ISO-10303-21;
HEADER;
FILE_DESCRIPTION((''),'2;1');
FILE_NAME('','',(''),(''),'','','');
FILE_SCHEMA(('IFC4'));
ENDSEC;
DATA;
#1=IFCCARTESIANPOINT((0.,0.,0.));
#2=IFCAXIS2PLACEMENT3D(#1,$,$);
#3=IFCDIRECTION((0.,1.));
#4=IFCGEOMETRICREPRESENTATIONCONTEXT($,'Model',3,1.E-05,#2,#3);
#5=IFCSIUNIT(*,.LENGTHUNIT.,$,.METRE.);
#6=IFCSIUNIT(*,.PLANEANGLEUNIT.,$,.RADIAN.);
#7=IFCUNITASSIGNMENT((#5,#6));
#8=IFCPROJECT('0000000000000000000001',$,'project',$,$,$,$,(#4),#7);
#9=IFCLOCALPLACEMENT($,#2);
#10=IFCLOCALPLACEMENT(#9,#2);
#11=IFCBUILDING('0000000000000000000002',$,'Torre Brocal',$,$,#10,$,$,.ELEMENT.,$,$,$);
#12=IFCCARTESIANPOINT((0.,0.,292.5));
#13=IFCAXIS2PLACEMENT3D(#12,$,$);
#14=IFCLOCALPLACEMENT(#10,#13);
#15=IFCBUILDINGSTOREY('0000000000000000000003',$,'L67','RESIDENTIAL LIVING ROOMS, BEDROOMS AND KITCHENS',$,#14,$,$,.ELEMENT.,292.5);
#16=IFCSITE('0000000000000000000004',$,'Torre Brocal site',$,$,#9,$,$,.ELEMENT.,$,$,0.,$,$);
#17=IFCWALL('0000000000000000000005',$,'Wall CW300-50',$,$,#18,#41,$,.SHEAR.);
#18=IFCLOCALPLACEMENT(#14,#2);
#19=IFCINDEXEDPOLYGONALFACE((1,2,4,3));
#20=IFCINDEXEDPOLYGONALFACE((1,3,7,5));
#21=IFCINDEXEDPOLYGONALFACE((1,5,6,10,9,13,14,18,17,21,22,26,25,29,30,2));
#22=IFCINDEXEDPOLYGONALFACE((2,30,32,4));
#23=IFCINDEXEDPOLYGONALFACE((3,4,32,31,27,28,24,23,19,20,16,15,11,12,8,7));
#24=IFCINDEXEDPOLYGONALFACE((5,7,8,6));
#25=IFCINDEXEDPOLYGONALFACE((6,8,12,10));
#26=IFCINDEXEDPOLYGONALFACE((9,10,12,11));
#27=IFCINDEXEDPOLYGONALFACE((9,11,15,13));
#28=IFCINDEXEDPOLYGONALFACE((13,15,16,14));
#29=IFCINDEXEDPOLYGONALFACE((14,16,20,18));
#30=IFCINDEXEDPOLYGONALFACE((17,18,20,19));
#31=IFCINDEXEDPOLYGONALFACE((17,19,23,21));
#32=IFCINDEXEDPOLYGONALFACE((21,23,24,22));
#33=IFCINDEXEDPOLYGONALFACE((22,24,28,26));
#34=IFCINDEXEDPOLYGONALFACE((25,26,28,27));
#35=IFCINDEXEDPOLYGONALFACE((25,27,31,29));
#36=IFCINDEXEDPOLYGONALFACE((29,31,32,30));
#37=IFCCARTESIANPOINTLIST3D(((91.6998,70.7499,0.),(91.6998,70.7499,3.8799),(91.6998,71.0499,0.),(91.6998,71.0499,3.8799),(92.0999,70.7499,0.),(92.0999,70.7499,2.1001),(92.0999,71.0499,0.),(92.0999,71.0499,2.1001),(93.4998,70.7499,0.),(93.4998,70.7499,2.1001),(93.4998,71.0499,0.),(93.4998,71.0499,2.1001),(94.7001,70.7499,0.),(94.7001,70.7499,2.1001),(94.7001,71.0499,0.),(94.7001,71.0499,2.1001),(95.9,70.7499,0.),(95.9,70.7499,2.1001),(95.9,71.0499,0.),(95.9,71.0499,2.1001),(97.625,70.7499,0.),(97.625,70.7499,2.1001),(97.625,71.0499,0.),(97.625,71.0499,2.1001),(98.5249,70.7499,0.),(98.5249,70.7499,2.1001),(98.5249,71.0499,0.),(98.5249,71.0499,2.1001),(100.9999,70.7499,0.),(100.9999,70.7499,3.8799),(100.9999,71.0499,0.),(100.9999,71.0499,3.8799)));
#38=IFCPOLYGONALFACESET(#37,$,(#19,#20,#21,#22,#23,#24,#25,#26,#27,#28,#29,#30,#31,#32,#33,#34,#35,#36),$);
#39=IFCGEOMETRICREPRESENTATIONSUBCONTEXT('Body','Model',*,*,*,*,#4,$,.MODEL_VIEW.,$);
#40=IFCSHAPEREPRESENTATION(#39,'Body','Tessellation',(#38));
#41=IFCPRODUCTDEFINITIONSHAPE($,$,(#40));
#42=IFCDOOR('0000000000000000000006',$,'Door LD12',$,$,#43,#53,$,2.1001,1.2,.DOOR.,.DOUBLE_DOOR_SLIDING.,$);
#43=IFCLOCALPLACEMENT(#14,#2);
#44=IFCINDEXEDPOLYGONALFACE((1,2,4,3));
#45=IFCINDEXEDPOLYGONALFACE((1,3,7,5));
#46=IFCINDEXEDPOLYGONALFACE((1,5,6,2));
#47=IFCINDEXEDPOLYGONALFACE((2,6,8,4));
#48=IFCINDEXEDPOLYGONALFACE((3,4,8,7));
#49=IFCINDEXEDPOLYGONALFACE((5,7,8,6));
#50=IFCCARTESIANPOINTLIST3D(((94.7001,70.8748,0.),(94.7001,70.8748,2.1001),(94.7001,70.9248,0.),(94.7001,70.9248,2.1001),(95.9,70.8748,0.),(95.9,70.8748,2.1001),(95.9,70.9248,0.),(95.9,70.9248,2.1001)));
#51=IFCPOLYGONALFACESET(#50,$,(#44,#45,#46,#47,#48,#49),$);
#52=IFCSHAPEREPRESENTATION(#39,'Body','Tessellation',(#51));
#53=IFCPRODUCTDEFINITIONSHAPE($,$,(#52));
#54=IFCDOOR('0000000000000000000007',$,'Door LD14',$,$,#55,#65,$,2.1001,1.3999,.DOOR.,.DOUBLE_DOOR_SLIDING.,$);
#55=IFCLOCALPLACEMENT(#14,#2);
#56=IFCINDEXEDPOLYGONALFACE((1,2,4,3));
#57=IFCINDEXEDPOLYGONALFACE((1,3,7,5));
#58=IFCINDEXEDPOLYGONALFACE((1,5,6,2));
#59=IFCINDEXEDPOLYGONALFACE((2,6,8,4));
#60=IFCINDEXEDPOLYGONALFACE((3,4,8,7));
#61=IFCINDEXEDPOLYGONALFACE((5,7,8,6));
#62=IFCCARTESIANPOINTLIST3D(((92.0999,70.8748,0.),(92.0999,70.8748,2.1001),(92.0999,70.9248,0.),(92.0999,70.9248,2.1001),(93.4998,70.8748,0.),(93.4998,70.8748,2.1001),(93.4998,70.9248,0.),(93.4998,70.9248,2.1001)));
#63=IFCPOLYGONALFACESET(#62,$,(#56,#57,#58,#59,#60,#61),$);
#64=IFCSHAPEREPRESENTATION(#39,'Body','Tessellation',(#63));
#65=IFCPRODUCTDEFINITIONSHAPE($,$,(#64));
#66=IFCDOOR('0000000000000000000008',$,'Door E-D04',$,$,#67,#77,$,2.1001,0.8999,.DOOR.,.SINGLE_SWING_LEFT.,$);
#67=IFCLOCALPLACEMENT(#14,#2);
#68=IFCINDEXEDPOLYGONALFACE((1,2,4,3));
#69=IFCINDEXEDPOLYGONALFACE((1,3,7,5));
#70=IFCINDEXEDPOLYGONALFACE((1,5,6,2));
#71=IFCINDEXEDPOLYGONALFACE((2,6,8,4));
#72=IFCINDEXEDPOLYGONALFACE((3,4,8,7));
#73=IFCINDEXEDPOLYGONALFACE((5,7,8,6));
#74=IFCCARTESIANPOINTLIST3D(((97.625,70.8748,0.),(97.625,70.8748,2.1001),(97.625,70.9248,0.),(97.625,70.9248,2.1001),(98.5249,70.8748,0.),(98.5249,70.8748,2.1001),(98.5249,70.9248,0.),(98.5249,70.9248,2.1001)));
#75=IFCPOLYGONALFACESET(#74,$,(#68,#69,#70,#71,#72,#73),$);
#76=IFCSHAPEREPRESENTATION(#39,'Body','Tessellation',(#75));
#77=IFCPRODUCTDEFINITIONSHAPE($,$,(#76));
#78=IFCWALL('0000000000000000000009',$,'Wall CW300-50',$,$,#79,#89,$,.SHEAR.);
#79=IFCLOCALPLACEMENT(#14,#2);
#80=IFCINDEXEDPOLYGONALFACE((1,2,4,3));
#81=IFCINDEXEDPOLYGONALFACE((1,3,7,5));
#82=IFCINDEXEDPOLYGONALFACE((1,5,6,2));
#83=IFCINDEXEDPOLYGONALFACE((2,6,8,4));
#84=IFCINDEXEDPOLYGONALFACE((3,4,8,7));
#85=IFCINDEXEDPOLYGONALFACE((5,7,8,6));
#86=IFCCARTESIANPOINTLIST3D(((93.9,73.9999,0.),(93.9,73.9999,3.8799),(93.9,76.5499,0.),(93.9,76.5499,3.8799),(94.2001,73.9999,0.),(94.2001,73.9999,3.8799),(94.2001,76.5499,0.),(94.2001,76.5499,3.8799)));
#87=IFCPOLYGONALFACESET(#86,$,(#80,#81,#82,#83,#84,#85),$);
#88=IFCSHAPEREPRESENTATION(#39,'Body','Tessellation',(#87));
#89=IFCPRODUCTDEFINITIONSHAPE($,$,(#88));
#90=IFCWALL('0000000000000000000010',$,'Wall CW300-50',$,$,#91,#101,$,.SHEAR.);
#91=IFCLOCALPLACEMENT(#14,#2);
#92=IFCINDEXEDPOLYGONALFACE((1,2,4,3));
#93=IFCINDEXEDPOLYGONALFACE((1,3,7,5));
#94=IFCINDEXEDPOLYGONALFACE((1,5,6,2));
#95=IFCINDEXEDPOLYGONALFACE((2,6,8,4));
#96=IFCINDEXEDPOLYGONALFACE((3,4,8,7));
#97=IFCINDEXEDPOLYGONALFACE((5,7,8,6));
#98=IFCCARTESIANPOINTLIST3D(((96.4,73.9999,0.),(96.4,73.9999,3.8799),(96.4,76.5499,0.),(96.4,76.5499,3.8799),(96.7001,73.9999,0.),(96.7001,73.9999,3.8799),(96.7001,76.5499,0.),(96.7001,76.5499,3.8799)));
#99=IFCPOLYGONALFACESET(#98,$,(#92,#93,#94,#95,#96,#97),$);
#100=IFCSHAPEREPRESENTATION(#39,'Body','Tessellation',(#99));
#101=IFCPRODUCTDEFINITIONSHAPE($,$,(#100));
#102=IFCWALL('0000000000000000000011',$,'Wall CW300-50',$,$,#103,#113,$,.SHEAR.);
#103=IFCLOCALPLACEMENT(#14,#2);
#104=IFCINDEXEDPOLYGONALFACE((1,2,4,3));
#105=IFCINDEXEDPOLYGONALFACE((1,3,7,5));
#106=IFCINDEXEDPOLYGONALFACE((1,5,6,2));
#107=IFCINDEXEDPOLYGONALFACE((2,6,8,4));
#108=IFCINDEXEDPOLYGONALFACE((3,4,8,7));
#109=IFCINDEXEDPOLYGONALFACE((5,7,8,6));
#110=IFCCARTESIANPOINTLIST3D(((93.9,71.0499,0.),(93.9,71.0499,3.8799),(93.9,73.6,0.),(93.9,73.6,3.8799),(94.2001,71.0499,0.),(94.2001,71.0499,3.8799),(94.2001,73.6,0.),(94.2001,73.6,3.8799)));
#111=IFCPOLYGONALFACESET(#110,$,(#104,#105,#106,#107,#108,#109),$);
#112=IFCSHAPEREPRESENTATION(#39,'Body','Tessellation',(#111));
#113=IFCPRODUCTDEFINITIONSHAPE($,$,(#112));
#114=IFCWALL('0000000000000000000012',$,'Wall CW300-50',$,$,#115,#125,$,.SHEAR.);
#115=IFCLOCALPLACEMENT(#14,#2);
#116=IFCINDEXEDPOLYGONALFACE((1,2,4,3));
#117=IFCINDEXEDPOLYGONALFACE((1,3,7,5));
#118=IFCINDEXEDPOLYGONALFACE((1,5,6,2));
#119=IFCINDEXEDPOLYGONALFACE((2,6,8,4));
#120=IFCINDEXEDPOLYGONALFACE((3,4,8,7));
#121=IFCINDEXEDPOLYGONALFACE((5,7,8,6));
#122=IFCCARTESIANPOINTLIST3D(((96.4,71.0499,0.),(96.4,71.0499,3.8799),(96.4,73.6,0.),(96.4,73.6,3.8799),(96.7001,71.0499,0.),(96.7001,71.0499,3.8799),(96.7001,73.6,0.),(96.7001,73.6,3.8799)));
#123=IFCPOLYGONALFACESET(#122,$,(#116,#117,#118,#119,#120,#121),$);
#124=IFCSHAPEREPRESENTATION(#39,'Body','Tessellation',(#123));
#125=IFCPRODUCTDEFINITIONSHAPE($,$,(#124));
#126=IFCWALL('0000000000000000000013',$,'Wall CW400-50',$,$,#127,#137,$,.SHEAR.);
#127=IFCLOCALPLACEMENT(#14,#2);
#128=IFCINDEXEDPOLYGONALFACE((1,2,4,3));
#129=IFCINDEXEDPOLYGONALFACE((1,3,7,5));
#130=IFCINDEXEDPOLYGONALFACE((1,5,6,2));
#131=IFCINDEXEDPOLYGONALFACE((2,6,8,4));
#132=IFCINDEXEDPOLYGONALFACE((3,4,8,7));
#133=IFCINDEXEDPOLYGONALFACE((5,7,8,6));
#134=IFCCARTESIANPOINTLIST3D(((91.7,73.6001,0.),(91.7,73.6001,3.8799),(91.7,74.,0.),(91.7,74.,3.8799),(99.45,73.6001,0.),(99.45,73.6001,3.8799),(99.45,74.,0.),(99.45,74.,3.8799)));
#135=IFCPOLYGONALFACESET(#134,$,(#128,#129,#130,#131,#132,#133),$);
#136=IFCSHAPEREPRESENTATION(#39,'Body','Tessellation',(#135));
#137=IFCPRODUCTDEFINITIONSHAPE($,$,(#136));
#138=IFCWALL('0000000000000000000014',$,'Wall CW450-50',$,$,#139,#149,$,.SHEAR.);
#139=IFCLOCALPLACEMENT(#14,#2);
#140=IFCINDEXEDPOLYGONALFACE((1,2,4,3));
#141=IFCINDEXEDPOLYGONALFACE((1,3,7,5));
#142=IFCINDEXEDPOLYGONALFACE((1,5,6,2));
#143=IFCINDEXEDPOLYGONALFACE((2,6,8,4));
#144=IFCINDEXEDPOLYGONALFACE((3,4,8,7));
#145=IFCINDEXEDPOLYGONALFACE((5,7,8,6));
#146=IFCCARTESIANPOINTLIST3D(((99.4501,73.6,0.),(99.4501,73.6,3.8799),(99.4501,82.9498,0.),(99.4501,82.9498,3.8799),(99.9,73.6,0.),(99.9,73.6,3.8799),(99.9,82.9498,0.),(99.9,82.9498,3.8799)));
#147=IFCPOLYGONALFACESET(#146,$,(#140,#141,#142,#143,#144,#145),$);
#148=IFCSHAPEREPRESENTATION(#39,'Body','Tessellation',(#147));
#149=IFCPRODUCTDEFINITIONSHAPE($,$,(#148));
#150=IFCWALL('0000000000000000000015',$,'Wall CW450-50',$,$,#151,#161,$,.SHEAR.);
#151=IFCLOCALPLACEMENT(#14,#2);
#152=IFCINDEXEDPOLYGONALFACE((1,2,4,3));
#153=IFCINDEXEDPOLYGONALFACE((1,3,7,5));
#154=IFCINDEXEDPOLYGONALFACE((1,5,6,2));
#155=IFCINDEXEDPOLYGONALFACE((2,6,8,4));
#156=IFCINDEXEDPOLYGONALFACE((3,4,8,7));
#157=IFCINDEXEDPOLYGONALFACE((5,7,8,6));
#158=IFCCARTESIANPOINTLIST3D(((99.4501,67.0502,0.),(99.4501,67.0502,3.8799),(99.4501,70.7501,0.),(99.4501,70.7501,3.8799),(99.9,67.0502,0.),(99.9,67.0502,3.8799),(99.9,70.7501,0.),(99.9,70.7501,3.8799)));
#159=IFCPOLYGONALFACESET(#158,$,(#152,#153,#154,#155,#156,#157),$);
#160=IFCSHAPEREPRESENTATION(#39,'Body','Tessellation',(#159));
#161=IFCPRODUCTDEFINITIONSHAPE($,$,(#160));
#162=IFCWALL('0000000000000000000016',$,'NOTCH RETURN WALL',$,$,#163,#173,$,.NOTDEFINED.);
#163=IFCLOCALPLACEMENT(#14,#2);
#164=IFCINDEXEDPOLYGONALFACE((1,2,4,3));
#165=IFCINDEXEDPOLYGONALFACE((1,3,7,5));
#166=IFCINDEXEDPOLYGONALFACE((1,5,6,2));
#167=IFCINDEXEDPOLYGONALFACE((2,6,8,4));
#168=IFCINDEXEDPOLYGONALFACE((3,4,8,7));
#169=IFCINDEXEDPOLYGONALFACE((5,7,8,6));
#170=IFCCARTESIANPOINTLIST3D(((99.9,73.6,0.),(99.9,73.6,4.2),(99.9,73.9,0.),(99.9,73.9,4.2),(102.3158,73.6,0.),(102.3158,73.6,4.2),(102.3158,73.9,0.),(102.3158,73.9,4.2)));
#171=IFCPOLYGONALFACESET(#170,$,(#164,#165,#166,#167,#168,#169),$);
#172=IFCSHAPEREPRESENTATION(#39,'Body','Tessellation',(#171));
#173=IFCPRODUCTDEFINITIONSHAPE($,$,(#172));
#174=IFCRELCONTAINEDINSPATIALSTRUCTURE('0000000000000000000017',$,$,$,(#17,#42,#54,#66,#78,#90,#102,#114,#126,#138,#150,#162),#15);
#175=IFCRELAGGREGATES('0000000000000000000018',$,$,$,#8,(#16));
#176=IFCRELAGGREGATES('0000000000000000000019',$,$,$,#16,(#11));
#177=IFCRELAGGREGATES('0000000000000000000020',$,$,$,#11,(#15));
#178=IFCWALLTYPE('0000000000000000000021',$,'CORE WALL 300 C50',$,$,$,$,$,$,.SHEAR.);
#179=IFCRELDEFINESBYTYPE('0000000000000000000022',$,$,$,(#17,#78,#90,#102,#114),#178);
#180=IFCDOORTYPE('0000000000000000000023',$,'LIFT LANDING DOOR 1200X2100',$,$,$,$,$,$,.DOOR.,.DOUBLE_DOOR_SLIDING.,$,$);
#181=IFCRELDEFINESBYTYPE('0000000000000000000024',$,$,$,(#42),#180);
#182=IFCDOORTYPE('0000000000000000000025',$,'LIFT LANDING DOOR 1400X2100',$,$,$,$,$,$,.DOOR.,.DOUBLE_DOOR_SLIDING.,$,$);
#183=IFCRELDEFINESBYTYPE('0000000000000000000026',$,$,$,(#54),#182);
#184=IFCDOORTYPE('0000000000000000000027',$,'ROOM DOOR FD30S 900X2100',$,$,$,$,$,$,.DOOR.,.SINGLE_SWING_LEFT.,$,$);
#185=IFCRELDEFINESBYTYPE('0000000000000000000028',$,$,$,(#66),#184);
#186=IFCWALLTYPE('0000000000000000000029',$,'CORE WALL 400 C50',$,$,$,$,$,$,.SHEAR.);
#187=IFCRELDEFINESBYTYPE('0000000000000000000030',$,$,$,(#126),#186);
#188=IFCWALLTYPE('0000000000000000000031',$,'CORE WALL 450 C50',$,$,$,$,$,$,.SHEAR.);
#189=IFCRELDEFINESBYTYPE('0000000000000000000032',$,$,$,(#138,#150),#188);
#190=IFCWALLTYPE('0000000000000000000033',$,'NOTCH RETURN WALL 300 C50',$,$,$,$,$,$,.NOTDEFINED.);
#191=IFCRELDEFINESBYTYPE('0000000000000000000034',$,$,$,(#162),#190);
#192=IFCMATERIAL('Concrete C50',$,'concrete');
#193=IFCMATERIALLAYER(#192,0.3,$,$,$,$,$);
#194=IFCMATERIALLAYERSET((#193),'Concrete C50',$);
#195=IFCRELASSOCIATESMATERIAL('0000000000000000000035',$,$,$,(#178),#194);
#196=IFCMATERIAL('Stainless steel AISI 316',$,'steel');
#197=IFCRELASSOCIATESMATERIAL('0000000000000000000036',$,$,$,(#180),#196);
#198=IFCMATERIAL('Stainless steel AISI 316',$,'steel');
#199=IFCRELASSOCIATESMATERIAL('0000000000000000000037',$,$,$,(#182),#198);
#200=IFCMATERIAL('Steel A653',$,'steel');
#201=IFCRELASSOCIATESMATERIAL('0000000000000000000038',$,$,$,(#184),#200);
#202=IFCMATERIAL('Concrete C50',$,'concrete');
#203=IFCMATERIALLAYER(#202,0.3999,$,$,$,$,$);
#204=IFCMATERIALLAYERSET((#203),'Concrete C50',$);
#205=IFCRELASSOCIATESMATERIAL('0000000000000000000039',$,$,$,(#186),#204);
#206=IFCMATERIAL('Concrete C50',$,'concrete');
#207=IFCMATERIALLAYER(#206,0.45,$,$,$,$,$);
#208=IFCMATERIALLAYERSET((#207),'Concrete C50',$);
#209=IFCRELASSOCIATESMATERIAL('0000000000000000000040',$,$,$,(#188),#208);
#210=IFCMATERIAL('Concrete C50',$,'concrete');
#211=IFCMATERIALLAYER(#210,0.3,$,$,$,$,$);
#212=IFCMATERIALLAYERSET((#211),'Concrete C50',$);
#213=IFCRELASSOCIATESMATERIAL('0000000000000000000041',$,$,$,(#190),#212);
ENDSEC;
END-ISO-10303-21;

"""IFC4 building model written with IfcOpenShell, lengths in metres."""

from ifc_helpers import new_model, si_unit, direction, frame, frame_2d, origin, place, context, subcontext, project, spatial, rectangle, extrude, material, layer, layer_set, type_object, element, fill, save


model = new_model("IFC4")

# Units and contexts
model_context = context("Model", 3, precision=1e-05, world=origin(), true_north=direction((0.0, 1.0)))
body_context = subcontext(model_context, "Body", "Model", "MODEL_VIEW")
ifc_project = project(units=[si_unit("LENGTHUNIT", "METRE"), si_unit("PLANEANGLEUNIT", "RADIAN")], contexts=[model_context])

# Site, building, storey
site_placement = place(None, origin())
site = spatial("IfcSite", under=ifc_project, at=site_placement, Name="Torre Brocal site", CompositionType="ELEMENT", RefElevation=0.0)
building_placement = place(site_placement, origin())
building = spatial("IfcBuilding", under=site, at=building_placement, Name="Torre Brocal", CompositionType="ELEMENT")
storey_placement = place(building_placement, frame((0.0, 0.0, 292.5)))
storey = spatial("IfcBuildingStorey", under=building, at=storey_placement, Name="L67", Description="RESIDENTIAL LIVING ROOMS, BEDROOMS AND KITCHENS", CompositionType="ELEMENT", Elevation=292.5)

# Shared definitions
ifc_material_1 = material(Name="Concrete C50", Category="concrete")
ifc_layer_1 = layer(ifc_material_1, 0.3)
ifc_layer_set_1 = layer_set([ifc_layer_1], Name="Concrete C50")
wall_type_1 = type_object("IfcWallType", Name="CORE WALL 300 C50", PredefinedType="SHEAR", material=ifc_layer_set_1)

# Wall, openings, doors
wall_1_placement = place(storey_placement, frame((91.7, 70.8999, 0.0), z_axis=(0.0, 0.0, 1.0), x_axis=(1.0, 0.0, 0.0)))
wall_1 = element("IfcWall", 1, at=wall_1_placement, inside=storey, type_object=wall_type_1, Name="Wall CW300-50", PredefinedType="SHEAR", context=body_context, shape_type="SweptSolid", body=[
    extrude(rectangle(XDim=9.3, YDim=0.3, at=frame_2d((4.6499, 0.0))), origin(), (0.0, 0.0, 1.0), 3.8799),
])
opening_1_placement = place(wall_1_placement, frame((0.3999, 0.0, 0.0)))
opening_1 = element("IfcOpeningElement", 2, at=opening_1_placement, cuts=wall_1, PredefinedType="OPENING", context=body_context, shape_type="SweptSolid", body=[
    extrude(rectangle(XDim=1.3999, YDim=2.1001, at=frame_2d((0.7, 1.05))), frame((0.0, 0.1599, 0.0), z_axis=(0.0, -1.0, 0.0), x_axis=(1.0, 0.0, 0.0)), (0.0, 0.0, 1.0), 0.3201),
])
opening_2_placement = place(wall_1_placement, frame((3.0, 0.0, 0.0)))
opening_2 = element("IfcOpeningElement", 3, at=opening_2_placement, cuts=wall_1, PredefinedType="OPENING", context=body_context, shape_type="SweptSolid", body=[
    extrude(rectangle(XDim=1.2, YDim=2.1001, at=frame_2d((0.6001, 1.05))), frame((0.0, 0.1599, 0.0), z_axis=(0.0, -1.0, 0.0), x_axis=(1.0, 0.0, 0.0)), (0.0, 0.0, 1.0), 0.3201),
])
opening_3_placement = place(wall_1_placement, frame((5.925, 0.0, 0.0)))
opening_3 = element("IfcOpeningElement", 4, at=opening_3_placement, cuts=wall_1, PredefinedType="OPENING", context=body_context, shape_type="SweptSolid", body=[
    extrude(rectangle(XDim=0.8999, YDim=2.1001, at=frame_2d((0.45, 1.05))), frame((0.0, 0.1599, 0.0), z_axis=(0.0, -1.0, 0.0), x_axis=(1.0, 0.0, 0.0)), (0.0, 0.0, 1.0), 0.3201),
])
ifc_material_2 = material(Name="Stainless steel AISI 316", Category="steel")
door_type_1 = type_object("IfcDoorType", Name="LIFT LANDING DOOR 1200X2100", OperationType="DOUBLE_DOOR_SLIDING", PredefinedType="DOOR", material=ifc_material_2)
door_1_placement = place(opening_2_placement, origin())
door_1 = element("IfcDoor", 5, at=door_1_placement, inside=storey, type_object=door_type_1, Name="Door LD12", OperationType="DOUBLE_DOOR_SLIDING", OverallHeight=2.1001, OverallWidth=1.2, PredefinedType="DOOR", context=body_context, shape_type="SweptSolid", body=[
    extrude(rectangle(XDim=1.2, YDim=2.1001, at=frame_2d((0.6001, 1.05))), frame((0.0, 0.0249, 0.0), z_axis=(0.0, -1.0, 0.0), x_axis=(1.0, 0.0, 0.0)), (0.0, 0.0, 1.0), 0.05),
])
fill(opening_2, door_1)
ifc_material_3 = material(Name="Stainless steel AISI 316", Category="steel")
door_type_2 = type_object("IfcDoorType", Name="LIFT LANDING DOOR 1400X2100", OperationType="DOUBLE_DOOR_SLIDING", PredefinedType="DOOR", material=ifc_material_3)
door_2_placement = place(opening_1_placement, origin())
door_2 = element("IfcDoor", 6, at=door_2_placement, inside=storey, type_object=door_type_2, Name="Door LD14", OperationType="DOUBLE_DOOR_SLIDING", OverallHeight=2.1001, OverallWidth=1.3999, PredefinedType="DOOR", context=body_context, shape_type="SweptSolid", body=[
    extrude(rectangle(XDim=1.3999, YDim=2.1001, at=frame_2d((0.7, 1.05))), frame((0.0, 0.0249, 0.0), z_axis=(0.0, -1.0, 0.0), x_axis=(1.0, 0.0, 0.0)), (0.0, 0.0, 1.0), 0.05),
])
fill(opening_1, door_2)
ifc_material_4 = material(Name="Steel A653", Category="steel")
door_type_3 = type_object("IfcDoorType", Name="ROOM DOOR FD30S 900X2100", OperationType="SINGLE_SWING_LEFT", PredefinedType="DOOR", material=ifc_material_4)
door_3_placement = place(opening_3_placement, origin())
door_3 = element("IfcDoor", 7, at=door_3_placement, inside=storey, type_object=door_type_3, Name="Door E-D04", OperationType="SINGLE_SWING_LEFT", OverallHeight=2.1001, OverallWidth=0.8999, PredefinedType="DOOR", context=body_context, shape_type="SweptSolid", body=[
    extrude(rectangle(XDim=0.8999, YDim=2.1001, at=frame_2d((0.45, 1.05))), frame((0.0, 0.0249, 0.0), z_axis=(0.0, -1.0, 0.0), x_axis=(1.0, 0.0, 0.0)), (0.0, 0.0, 1.0), 0.05),
])
fill(opening_3, door_3)

# Walls
for number, where, z_axis, x_axis, name in (
    (8, (94.05, 74.0, 0.0), (0.0, 0.0, 1.0), (0.0, 1.0, 0.0), "Wall CW300-50"),
    (9, (96.55, 74.0, 0.0), (0.0, 0.0, 1.0), (0.0, 1.0, 0.0), "Wall CW300-50"),
    (10, (94.05, 71.05, 0.0), (0.0, 0.0, 1.0), (0.0, 1.0, 0.0), "Wall CW300-50"),
    (11, (96.55, 71.05, 0.0), (0.0, 0.0, 1.0), (0.0, 1.0, 0.0), "Wall CW300-50"),
):
    element("IfcWall", number, at=place(storey_placement, frame(where, z_axis=z_axis, x_axis=x_axis)), inside=storey, type_object=wall_type_1, Name=name, PredefinedType="SHEAR", context=body_context, shape_type="SweptSolid", body=[
        extrude(rectangle(XDim=2.55, YDim=0.3, at=frame_2d((1.2749, 0.0))), origin(), (0.0, 0.0, 1.0), 3.8799),
    ])
ifc_material_5 = material(Name="Concrete C50", Category="concrete")
ifc_layer_2 = layer(ifc_material_5, 0.3999)
ifc_layer_set_2 = layer_set([ifc_layer_2], Name="Concrete C50")
wall_type_2 = type_object("IfcWallType", Name="CORE WALL 400 C50", PredefinedType="SHEAR", material=ifc_layer_set_2)
wall_2_placement = place(storey_placement, frame((91.7, 73.8, 0.0), z_axis=(0.0, 0.0, 1.0), x_axis=(1.0, 0.0, 0.0)))
element("IfcWall", 12, at=wall_2_placement, inside=storey, type_object=wall_type_2, Name="Wall CW400-50", PredefinedType="SHEAR", context=body_context, shape_type="SweptSolid", body=[
    extrude(rectangle(XDim=7.75, YDim=0.3999, at=frame_2d((3.875, 0.0))), origin(), (0.0, 0.0, 1.0), 3.8799),
])
ifc_material_6 = material(Name="Concrete C50", Category="concrete")
ifc_layer_3 = layer(ifc_material_6, 0.45)
ifc_layer_set_3 = layer_set([ifc_layer_3], Name="Concrete C50")
wall_type_3 = type_object("IfcWallType", Name="CORE WALL 450 C50", PredefinedType="SHEAR", material=ifc_layer_set_3)
wall_3_placement = place(storey_placement, frame((99.675, 73.6001, 0.0), z_axis=(0.0, 0.0, 1.0), x_axis=(0.0, 1.0, 0.0)))
element("IfcWall", 13, at=wall_3_placement, inside=storey, type_object=wall_type_3, Name="Wall CW450-50", PredefinedType="SHEAR", context=body_context, shape_type="SweptSolid", body=[
    extrude(rectangle(XDim=9.3499, YDim=0.45, at=frame_2d((4.6748, 0.0))), origin(), (0.0, 0.0, 1.0), 3.8799),
])
wall_4_placement = place(storey_placement, frame((99.675, 67.05, 0.0), z_axis=(0.0, 0.0, 1.0), x_axis=(0.0, 1.0, 0.0)))
element("IfcWall", 14, at=wall_4_placement, inside=storey, type_object=wall_type_3, Name="Wall CW450-50", PredefinedType="SHEAR", context=body_context, shape_type="SweptSolid", body=[
    extrude(rectangle(XDim=3.7, YDim=0.45, at=frame_2d((1.8501, 0.0))), origin(), (0.0, 0.0, 1.0), 3.8799),
])
ifc_material_7 = material(Name="Concrete C50", Category="concrete")
ifc_layer_4 = layer(ifc_material_7, 0.3)
ifc_layer_set_4 = layer_set([ifc_layer_4], Name="Concrete C50")
wall_type_4 = type_object("IfcWallType", Name="NOTCH RETURN WALL 300 C50", PredefinedType="NOTDEFINED", material=ifc_layer_set_4)
wall_5_placement = place(storey_placement, frame((99.8999, 73.75, 0.0), z_axis=(0.0, 0.0, 1.0), x_axis=(1.0, 0.0, 0.0)))
element("IfcWall", 15, at=wall_5_placement, inside=storey, type_object=wall_type_4, Name="NOTCH RETURN WALL", PredefinedType="NOTDEFINED", context=body_context, shape_type="SweptSolid", body=[
    extrude(rectangle(XDim=2.4158, YDim=0.3, at=frame_2d((1.208, 0.0))), origin(), (0.0, 0.0, 1.0), 4.2),
])

save(model, "model.ifc")
